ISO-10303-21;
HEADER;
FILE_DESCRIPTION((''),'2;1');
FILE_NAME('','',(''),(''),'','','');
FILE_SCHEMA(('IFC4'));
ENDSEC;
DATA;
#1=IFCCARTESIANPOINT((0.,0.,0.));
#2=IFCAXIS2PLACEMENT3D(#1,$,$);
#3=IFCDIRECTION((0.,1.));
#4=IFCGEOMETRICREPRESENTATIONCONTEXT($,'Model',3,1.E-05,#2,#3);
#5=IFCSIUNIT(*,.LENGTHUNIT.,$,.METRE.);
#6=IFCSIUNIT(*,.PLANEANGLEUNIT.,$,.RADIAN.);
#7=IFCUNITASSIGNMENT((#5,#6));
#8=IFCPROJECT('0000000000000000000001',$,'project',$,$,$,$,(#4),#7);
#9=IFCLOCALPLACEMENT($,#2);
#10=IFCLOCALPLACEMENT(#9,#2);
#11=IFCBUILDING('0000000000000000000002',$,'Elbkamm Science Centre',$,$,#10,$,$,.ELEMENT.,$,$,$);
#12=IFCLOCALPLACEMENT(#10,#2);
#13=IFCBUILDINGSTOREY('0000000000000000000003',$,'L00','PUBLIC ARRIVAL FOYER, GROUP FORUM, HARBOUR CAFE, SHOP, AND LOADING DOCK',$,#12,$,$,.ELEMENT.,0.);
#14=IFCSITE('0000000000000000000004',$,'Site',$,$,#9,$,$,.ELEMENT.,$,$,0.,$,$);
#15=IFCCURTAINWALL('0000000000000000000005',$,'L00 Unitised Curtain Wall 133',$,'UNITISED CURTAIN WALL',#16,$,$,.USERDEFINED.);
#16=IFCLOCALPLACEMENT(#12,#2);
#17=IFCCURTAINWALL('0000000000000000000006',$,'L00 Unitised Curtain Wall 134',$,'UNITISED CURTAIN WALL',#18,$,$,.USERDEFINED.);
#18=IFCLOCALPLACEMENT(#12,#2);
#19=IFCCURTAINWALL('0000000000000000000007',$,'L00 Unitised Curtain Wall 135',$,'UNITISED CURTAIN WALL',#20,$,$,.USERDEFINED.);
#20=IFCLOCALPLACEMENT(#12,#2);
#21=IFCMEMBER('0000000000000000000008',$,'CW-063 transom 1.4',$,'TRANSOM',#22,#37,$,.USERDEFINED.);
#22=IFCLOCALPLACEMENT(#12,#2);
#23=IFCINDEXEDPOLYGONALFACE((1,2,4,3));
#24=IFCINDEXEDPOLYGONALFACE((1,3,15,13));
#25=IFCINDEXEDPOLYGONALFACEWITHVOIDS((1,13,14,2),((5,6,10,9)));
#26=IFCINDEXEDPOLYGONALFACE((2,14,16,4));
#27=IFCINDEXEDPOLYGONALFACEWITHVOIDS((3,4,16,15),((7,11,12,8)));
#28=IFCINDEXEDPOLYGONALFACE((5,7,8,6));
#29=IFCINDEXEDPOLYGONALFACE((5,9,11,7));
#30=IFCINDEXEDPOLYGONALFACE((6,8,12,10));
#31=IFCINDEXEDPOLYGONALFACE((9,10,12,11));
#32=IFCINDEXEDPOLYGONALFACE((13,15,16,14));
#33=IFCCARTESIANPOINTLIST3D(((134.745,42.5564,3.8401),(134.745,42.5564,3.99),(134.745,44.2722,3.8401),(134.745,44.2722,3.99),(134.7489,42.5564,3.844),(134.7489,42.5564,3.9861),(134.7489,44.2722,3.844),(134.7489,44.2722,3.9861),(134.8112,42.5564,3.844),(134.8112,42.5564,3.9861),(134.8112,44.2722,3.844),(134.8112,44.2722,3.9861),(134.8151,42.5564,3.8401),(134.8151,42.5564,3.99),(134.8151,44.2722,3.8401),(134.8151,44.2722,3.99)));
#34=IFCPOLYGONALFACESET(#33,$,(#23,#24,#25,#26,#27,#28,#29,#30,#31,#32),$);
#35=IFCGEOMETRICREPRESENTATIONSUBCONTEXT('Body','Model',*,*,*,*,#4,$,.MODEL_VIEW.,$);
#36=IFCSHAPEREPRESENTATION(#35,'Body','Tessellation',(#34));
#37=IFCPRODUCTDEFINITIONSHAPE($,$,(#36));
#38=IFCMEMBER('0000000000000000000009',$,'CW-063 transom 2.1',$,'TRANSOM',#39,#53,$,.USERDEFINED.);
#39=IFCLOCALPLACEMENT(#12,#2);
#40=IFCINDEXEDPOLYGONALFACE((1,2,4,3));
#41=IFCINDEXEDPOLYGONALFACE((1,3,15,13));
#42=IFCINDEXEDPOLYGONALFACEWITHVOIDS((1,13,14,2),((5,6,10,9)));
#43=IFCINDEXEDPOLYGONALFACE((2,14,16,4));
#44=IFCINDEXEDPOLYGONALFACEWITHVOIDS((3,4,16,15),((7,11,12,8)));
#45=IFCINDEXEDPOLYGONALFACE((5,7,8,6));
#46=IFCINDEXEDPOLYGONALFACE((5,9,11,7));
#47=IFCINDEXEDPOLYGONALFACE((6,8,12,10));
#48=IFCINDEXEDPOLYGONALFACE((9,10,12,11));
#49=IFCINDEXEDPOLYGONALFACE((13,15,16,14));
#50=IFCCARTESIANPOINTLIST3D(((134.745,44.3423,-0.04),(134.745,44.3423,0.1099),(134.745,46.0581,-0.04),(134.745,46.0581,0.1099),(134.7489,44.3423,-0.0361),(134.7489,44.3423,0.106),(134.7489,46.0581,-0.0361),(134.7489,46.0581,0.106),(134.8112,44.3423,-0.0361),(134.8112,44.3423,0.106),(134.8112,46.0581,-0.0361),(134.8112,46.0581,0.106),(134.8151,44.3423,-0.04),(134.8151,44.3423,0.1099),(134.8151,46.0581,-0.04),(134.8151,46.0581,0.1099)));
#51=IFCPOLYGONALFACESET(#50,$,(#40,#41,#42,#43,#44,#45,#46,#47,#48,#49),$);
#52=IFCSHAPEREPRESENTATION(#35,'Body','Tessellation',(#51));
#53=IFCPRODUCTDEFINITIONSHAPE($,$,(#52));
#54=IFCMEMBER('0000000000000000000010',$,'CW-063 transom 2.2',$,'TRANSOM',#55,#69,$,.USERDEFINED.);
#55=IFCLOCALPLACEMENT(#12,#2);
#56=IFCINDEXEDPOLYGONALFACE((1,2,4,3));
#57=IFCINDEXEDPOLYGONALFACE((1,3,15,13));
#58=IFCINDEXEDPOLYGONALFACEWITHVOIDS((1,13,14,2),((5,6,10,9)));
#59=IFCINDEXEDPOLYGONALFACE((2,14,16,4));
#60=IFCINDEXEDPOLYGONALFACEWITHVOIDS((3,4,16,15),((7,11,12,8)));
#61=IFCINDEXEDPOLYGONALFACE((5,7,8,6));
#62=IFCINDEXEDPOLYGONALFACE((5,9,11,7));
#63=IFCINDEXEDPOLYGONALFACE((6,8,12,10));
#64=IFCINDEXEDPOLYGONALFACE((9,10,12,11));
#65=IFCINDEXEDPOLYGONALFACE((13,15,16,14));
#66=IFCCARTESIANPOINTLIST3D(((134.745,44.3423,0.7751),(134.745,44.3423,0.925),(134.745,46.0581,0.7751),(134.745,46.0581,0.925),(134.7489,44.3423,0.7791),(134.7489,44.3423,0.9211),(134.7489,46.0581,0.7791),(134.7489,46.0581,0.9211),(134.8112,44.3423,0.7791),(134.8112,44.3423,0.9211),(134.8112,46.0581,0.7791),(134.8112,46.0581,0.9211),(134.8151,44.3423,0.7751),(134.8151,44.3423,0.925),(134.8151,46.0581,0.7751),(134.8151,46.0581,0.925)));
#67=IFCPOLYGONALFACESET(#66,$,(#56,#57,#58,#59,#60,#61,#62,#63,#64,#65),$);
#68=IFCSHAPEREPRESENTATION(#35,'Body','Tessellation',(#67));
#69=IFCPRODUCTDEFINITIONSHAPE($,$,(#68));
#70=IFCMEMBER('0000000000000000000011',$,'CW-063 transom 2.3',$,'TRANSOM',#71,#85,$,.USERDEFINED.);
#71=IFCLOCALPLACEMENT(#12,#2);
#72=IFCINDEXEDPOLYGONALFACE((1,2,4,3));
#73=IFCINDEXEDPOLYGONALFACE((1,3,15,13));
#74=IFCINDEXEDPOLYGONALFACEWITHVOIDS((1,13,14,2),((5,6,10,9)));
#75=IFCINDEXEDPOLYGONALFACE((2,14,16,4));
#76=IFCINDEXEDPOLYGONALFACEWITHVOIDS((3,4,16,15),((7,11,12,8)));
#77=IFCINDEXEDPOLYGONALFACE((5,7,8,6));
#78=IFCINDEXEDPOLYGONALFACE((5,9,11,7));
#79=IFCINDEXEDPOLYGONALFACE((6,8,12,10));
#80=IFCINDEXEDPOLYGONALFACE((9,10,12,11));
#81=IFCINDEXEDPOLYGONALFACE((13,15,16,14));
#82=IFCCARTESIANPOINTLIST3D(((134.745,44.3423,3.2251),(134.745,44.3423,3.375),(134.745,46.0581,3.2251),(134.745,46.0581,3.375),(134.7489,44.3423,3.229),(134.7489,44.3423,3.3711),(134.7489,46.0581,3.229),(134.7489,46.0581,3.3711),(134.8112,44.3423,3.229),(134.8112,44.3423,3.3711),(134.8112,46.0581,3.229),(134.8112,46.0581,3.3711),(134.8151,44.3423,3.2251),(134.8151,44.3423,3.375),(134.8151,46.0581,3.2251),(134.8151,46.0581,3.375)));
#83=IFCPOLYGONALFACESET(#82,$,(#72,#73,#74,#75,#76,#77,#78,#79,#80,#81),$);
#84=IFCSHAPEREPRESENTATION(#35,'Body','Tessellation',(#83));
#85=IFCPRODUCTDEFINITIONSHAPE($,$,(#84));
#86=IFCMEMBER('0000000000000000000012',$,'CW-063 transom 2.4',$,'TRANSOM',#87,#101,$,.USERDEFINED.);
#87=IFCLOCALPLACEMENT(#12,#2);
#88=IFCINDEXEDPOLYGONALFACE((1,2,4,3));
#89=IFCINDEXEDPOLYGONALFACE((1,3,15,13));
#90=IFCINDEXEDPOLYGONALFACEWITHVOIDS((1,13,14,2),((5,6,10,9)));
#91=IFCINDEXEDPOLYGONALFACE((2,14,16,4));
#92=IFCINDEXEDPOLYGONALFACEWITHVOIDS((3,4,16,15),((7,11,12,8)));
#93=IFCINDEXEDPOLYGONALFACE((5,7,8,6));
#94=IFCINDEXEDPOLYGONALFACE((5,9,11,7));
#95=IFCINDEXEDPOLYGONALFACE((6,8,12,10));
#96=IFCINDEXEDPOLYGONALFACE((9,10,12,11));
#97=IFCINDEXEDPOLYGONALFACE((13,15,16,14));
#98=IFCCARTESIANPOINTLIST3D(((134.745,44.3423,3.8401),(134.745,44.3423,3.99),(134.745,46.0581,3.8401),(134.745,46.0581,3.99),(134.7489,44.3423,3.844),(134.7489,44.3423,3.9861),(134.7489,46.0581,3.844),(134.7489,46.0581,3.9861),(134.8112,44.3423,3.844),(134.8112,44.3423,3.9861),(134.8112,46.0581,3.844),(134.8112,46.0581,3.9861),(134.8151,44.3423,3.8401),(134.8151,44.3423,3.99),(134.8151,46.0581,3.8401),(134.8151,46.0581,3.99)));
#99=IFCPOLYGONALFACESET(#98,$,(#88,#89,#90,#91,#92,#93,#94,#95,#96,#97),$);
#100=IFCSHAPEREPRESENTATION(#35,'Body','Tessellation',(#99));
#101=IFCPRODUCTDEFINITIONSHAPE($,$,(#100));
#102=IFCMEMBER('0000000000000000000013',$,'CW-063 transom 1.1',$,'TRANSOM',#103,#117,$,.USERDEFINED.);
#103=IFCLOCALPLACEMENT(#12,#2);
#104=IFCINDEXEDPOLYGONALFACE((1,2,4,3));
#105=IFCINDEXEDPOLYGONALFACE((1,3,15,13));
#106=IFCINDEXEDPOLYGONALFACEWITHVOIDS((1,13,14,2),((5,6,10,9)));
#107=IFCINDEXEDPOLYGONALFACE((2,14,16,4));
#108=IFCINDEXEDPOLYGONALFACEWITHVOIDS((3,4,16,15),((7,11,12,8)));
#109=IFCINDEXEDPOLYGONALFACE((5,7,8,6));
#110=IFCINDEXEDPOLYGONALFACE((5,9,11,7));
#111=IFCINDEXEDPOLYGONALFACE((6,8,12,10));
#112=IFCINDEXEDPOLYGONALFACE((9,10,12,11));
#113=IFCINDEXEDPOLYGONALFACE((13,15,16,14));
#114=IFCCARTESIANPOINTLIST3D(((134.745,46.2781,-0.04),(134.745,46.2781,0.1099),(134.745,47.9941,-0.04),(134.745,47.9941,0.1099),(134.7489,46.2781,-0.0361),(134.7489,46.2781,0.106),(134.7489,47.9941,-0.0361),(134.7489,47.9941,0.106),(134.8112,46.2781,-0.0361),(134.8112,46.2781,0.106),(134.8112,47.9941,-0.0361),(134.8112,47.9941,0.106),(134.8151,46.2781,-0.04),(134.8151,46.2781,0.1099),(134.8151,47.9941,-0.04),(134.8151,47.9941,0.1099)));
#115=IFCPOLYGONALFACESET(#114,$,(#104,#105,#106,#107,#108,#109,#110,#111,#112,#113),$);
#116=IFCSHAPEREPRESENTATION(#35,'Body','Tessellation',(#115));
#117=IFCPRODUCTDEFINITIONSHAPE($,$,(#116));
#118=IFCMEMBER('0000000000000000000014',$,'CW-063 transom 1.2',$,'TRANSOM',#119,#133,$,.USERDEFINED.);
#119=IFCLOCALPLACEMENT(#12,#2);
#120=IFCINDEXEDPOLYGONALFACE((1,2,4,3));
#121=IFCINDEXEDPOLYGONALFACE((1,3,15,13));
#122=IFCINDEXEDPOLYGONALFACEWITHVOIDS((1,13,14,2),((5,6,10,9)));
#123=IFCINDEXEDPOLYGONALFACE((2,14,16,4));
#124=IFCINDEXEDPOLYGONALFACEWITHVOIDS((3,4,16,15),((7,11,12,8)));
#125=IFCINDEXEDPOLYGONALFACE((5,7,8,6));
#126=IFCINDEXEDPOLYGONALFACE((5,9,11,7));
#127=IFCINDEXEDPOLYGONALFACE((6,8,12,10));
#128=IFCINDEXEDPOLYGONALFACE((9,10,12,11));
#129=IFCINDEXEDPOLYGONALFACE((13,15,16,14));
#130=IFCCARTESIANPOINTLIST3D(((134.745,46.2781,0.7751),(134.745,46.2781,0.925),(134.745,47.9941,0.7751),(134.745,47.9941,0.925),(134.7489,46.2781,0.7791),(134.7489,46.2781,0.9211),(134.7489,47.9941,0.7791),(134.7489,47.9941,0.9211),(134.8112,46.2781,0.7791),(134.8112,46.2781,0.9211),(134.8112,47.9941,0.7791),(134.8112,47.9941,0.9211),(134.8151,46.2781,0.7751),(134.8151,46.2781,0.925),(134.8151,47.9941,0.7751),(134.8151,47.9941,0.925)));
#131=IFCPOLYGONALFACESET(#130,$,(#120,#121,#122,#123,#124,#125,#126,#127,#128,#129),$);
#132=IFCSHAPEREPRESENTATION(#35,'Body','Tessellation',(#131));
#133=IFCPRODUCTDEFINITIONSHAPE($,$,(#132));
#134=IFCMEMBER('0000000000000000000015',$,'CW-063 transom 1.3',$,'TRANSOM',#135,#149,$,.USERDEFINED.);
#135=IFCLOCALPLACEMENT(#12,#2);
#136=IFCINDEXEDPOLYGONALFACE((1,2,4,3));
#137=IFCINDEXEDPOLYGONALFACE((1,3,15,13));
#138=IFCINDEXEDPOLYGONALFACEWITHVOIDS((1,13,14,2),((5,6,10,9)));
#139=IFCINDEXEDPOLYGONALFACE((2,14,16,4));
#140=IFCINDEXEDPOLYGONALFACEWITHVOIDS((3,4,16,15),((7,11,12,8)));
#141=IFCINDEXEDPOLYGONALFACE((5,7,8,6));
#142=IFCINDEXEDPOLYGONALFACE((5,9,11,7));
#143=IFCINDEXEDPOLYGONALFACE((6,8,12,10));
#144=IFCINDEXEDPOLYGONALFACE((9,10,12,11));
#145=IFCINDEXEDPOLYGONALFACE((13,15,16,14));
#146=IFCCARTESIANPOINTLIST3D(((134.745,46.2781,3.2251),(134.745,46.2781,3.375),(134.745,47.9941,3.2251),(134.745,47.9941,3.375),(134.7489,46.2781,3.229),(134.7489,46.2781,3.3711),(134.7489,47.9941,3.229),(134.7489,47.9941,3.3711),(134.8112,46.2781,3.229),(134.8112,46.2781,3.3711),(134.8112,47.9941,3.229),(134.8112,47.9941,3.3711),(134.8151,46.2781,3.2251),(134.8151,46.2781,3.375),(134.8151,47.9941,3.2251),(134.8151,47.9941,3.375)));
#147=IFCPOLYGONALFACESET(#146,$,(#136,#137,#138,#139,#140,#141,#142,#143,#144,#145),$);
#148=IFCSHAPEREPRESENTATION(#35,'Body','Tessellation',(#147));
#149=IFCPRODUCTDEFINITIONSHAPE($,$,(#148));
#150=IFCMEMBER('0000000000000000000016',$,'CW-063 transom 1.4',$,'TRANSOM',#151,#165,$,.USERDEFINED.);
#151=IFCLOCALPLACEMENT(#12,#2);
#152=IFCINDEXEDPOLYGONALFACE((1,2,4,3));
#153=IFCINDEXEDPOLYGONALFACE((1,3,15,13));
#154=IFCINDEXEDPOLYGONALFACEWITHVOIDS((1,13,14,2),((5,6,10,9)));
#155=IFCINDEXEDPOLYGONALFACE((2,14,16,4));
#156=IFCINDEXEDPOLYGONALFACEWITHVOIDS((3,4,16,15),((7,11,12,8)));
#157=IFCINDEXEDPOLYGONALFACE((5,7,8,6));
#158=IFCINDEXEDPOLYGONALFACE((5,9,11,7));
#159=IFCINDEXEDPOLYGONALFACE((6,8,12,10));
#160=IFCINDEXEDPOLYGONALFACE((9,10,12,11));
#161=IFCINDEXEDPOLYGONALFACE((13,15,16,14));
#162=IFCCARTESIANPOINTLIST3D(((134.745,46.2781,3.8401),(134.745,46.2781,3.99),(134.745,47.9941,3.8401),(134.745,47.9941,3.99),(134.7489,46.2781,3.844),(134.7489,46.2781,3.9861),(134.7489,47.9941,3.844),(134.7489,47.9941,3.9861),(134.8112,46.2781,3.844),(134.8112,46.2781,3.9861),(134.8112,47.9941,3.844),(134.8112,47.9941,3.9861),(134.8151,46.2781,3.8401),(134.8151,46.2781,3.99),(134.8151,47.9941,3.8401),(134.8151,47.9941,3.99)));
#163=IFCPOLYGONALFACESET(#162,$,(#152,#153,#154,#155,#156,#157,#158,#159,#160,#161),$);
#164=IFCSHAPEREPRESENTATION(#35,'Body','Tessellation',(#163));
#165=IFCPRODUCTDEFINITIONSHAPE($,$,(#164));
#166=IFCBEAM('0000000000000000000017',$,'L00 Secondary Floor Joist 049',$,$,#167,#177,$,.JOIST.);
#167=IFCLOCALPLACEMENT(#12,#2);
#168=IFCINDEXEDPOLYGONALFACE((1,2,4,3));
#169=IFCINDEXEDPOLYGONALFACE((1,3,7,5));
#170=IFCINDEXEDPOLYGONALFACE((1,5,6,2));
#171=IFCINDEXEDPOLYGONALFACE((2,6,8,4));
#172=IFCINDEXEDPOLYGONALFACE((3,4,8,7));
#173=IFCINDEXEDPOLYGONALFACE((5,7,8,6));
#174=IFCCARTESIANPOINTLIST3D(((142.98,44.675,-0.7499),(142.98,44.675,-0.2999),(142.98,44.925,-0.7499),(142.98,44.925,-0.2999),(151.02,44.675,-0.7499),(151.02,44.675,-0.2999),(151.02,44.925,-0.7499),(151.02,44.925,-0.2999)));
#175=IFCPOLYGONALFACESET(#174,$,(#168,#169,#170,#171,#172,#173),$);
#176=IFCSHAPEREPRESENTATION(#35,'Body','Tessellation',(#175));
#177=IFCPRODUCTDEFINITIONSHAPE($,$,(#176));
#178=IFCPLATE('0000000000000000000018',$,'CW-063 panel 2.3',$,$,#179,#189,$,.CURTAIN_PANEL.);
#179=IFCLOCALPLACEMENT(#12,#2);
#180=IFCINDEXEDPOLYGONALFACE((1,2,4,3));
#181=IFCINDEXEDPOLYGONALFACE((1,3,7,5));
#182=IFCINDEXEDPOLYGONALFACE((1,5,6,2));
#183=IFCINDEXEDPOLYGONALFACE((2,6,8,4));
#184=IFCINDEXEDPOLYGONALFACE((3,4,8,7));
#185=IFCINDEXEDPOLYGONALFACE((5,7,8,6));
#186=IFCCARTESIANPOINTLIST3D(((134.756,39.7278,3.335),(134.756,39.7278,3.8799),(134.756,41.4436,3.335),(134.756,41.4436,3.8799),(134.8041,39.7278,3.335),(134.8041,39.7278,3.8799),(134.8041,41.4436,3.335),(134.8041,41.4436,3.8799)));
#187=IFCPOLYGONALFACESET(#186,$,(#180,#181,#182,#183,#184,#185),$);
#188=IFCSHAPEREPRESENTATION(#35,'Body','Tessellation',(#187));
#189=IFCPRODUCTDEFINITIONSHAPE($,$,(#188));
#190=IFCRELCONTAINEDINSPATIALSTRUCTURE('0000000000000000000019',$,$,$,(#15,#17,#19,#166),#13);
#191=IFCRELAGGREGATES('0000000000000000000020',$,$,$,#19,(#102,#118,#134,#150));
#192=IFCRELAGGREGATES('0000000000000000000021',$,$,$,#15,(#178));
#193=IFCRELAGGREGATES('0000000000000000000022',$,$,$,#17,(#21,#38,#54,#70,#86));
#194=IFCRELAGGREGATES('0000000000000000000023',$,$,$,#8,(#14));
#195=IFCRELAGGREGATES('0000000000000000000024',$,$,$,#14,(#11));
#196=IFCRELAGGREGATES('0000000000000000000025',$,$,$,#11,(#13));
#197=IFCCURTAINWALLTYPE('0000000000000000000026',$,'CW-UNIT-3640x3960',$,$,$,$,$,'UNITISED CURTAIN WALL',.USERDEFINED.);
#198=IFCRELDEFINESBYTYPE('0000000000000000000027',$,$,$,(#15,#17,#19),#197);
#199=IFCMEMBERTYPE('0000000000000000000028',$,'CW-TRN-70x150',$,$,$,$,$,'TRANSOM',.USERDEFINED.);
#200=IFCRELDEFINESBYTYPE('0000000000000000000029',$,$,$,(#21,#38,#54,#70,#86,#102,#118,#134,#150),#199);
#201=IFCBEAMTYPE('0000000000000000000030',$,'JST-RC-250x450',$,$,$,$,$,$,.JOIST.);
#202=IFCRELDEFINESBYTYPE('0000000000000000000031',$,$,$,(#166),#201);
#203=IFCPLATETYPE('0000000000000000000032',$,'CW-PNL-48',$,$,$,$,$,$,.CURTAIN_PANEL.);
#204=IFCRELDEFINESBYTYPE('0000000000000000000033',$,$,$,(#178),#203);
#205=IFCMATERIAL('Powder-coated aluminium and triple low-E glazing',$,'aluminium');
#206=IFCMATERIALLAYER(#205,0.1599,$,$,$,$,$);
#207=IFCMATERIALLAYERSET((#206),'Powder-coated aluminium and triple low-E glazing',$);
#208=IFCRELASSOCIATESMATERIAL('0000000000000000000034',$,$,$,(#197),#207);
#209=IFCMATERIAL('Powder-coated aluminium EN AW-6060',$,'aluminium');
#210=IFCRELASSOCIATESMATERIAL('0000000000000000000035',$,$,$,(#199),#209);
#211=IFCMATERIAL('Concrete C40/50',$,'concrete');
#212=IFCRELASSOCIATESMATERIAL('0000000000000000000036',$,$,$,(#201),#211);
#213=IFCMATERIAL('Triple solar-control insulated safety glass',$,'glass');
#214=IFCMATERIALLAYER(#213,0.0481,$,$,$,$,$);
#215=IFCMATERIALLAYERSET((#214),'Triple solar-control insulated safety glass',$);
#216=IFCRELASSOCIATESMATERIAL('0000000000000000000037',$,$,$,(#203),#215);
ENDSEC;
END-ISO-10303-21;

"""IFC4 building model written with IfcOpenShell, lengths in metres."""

from ifc_helpers import new_model, si_unit, direction, frame, origin, origin_2d, place, context, subcontext, project, spatial, rectangle, hollow_rectangle, extrude, material, layer, layer_set, material_profile, profile_set, type_object, element, aggregate, save


model = new_model("IFC4")

# Units and contexts
model_context = context("Model", 3, precision=1e-05, world=origin(), true_north=direction((0.0, 1.0)))
body_context = subcontext(model_context, "Body", "Model", "MODEL_VIEW")
ifc_project = project(units=[si_unit("LENGTHUNIT", "METRE"), si_unit("PLANEANGLEUNIT", "RADIAN")], contexts=[model_context])

# Site, building, storey
site_placement = place(None, origin())
site = spatial("IfcSite", under=ifc_project, at=site_placement, Name="Site", CompositionType="ELEMENT", RefElevation=0.0)
building_placement = place(site_placement, origin())
building = spatial("IfcBuilding", under=site, at=building_placement, Name="Elbkamm Science Centre", CompositionType="ELEMENT")
storey_placement = place(building_placement, origin())
storey = spatial("IfcBuildingStorey", under=building, at=storey_placement, Name="L00", Description="PUBLIC ARRIVAL FOYER, GROUP FORUM, HARBOUR CAFE, SHOP, AND LOADING DOCK", CompositionType="ELEMENT", Elevation=0.0)

# Shared definitions
ifc_material_1 = material(Name="Concrete C40/50", Category="concrete")

# Curtain wall
ifc_material_2 = material(Name="Powder-coated aluminium and triple low-E glazing", Category="aluminium")
ifc_layer_1 = layer(ifc_material_2, 0.1599)
ifc_layer_set_1 = layer_set([ifc_layer_1], Name="Powder-coated aluminium and triple low-E glazing")
curtain_wall_type = type_object("IfcCurtainWallType", Name="CW-UNIT-3640x3960", ElementType="UNITISED CURTAIN WALL", PredefinedType="USERDEFINED", material=ifc_layer_set_1)
curtain_wall_1_placement = place(storey_placement, origin())
curtain_wall_1 = element("IfcCurtainWall", 1, at=curtain_wall_1_placement, inside=storey, type_object=curtain_wall_type, Name="L00 Unitised Curtain Wall 133", ObjectType="UNITISED CURTAIN WALL", PredefinedType="USERDEFINED")
ifc_material_3 = material(Name="Powder-coated aluminium EN AW-6060", Category="aluminium")

# Curtain wall
curtain_wall_2_placement = place(storey_placement, origin())
curtain_wall_2 = element("IfcCurtainWall", 2, at=curtain_wall_2_placement, inside=storey, type_object=curtain_wall_type, Name="L00 Unitised Curtain Wall 134", ObjectType="UNITISED CURTAIN WALL", PredefinedType="USERDEFINED")

# Curtain wall
curtain_wall_3_placement = place(storey_placement, origin())
curtain_wall_3 = element("IfcCurtainWall", 3, at=curtain_wall_3_placement, inside=storey, type_object=curtain_wall_type, Name="L00 Unitised Curtain Wall 135", ObjectType="UNITISED CURTAIN WALL", PredefinedType="USERDEFINED")

# Members
ifc_material_profile_1 = material_profile(ifc_material_3, hollow_rectangle(XDim=0.0701, YDim=0.1499, WallThickness=0.0039, at=origin_2d()), Name="ALU T70x150")
ifc_profile_set_1 = profile_set([ifc_material_profile_1], Name="Powder-coated aluminium EN AW-6060")
member_type_1 = type_object("IfcMemberType", Name="CW-TRN-70x150", ElementType="TRANSOM", PredefinedType="USERDEFINED", material=ifc_profile_set_1)
member_1_placement = place(storey_placement, frame((134.78, 42.5564, 3.915), z_axis=(0.0, 1.0, 0.0), x_axis=(-1.0, 0.0, 0.0)))
member_1 = element("IfcMember", 4, at=member_1_placement, type_object=member_type_1, Name="CW-063 transom 1.4", ObjectType="TRANSOM", PredefinedType="USERDEFINED", context=body_context, shape_type="SweptSolid", body=[
    extrude(hollow_rectangle(XDim=0.0701, YDim=0.1499, WallThickness=0.0039, at=origin_2d()), origin(), (0.0, 0.0, 1.0), 1.7158),
])
member_2_placement = place(storey_placement, frame((134.78, 44.3423, 0.0349), z_axis=(0.0, 1.0, 0.0), x_axis=(-1.0, 0.0, 0.0)))
member_2 = element("IfcMember", 5, at=member_2_placement, type_object=member_type_1, Name="CW-063 transom 2.1", ObjectType="TRANSOM", PredefinedType="USERDEFINED", context=body_context, shape_type="SweptSolid", body=[
    extrude(hollow_rectangle(XDim=0.0701, YDim=0.1499, WallThickness=0.0039, at=origin_2d()), origin(), (0.0, 0.0, 1.0), 1.7158),
])
member_3_placement = place(storey_placement, frame((134.78, 44.3423, 0.8501), z_axis=(0.0, 1.0, 0.0), x_axis=(-1.0, 0.0, 0.0)))
member_3 = element("IfcMember", 6, at=member_3_placement, type_object=member_type_1, Name="CW-063 transom 2.2", ObjectType="TRANSOM", PredefinedType="USERDEFINED", context=body_context, shape_type="SweptSolid", body=[
    extrude(hollow_rectangle(XDim=0.0701, YDim=0.1499, WallThickness=0.0039, at=origin_2d()), origin(), (0.0, 0.0, 1.0), 1.7158),
])
member_4_placement = place(storey_placement, frame((134.78, 44.3423, 3.3), z_axis=(0.0, 1.0, 0.0), x_axis=(-1.0, 0.0, 0.0)))
member_4 = element("IfcMember", 7, at=member_4_placement, type_object=member_type_1, Name="CW-063 transom 2.3", ObjectType="TRANSOM", PredefinedType="USERDEFINED", context=body_context, shape_type="SweptSolid", body=[
    extrude(hollow_rectangle(XDim=0.0701, YDim=0.1499, WallThickness=0.0039, at=origin_2d()), origin(), (0.0, 0.0, 1.0), 1.7158),
])
member_5_placement = place(storey_placement, frame((134.78, 44.3423, 3.915), z_axis=(0.0, 1.0, 0.0), x_axis=(-1.0, 0.0, 0.0)))
member_5 = element("IfcMember", 8, at=member_5_placement, type_object=member_type_1, Name="CW-063 transom 2.4", ObjectType="TRANSOM", PredefinedType="USERDEFINED", context=body_context, shape_type="SweptSolid", body=[
    extrude(hollow_rectangle(XDim=0.0701, YDim=0.1499, WallThickness=0.0039, at=origin_2d()), origin(), (0.0, 0.0, 1.0), 1.7158),
])
member_6_placement = place(storey_placement, frame((134.78, 46.2781, 0.0349), z_axis=(0.0, 1.0, 0.0), x_axis=(-1.0, 0.0, 0.0)))
member_6 = element("IfcMember", 9, at=member_6_placement, type_object=member_type_1, Name="CW-063 transom 1.1", ObjectType="TRANSOM", PredefinedType="USERDEFINED", context=body_context, shape_type="SweptSolid", body=[
    extrude(hollow_rectangle(XDim=0.0701, YDim=0.1499, WallThickness=0.0039, at=origin_2d()), origin(), (0.0, 0.0, 1.0), 1.7161),
])
member_7_placement = place(storey_placement, frame((134.78, 46.2781, 0.8501), z_axis=(0.0, 1.0, 0.0), x_axis=(-1.0, 0.0, 0.0)))
member_7 = element("IfcMember", 10, at=member_7_placement, type_object=member_type_1, Name="CW-063 transom 1.2", ObjectType="TRANSOM", PredefinedType="USERDEFINED", context=body_context, shape_type="SweptSolid", body=[
    extrude(hollow_rectangle(XDim=0.0701, YDim=0.1499, WallThickness=0.0039, at=origin_2d()), origin(), (0.0, 0.0, 1.0), 1.7161),
])
member_8_placement = place(storey_placement, frame((134.78, 46.2781, 3.3), z_axis=(0.0, 1.0, 0.0), x_axis=(-1.0, 0.0, 0.0)))
member_8 = element("IfcMember", 11, at=member_8_placement, type_object=member_type_1, Name="CW-063 transom 1.3", ObjectType="TRANSOM", PredefinedType="USERDEFINED", context=body_context, shape_type="SweptSolid", body=[
    extrude(hollow_rectangle(XDim=0.0701, YDim=0.1499, WallThickness=0.0039, at=origin_2d()), origin(), (0.0, 0.0, 1.0), 1.7161),
])
member_9_placement = place(storey_placement, frame((134.78, 46.2781, 3.915), z_axis=(0.0, 1.0, 0.0), x_axis=(-1.0, 0.0, 0.0)))
member_9 = element("IfcMember", 12, at=member_9_placement, type_object=member_type_1, Name="CW-063 transom 1.4", ObjectType="TRANSOM", PredefinedType="USERDEFINED", context=body_context, shape_type="SweptSolid", body=[
    extrude(hollow_rectangle(XDim=0.0701, YDim=0.1499, WallThickness=0.0039, at=origin_2d()), origin(), (0.0, 0.0, 1.0), 1.7161),
])
aggregate(curtain_wall_3, [member_6, member_7, member_8, member_9])

# Beam
ifc_material_profile_2 = material_profile(ifc_material_1, rectangle(XDim=0.25, YDim=0.45, at=origin_2d()), Name="RC 250x450")
ifc_profile_set_2 = profile_set([ifc_material_profile_2], Name="Concrete C40/50")
beam_type_1 = type_object("IfcBeamType", Name="JST-RC-250x450", PredefinedType="JOIST", material=ifc_profile_set_2)
beam_1_placement = place(storey_placement, frame((142.98, 44.8, -0.5249), z_axis=(1.0, 0.0, 0.0), x_axis=(0.0, 1.0, 0.0)))
element("IfcBeam", 13, at=beam_1_placement, inside=storey, type_object=beam_type_1, Name="L00 Secondary Floor Joist 049", PredefinedType="JOIST", context=body_context, shape_type="SweptSolid", body=[
    extrude(rectangle(XDim=0.25, YDim=0.45, at=origin_2d()), origin(), (0.0, 0.0, 1.0), 8.04),
])

# Plate
ifc_material_4 = material(Name="Triple solar-control insulated safety glass", Category="glass")
ifc_layer_2 = layer(ifc_material_4, 0.0481)
ifc_layer_set_2 = layer_set([ifc_layer_2], Name="Triple solar-control insulated safety glass")
plate_type = type_object("IfcPlateType", Name="CW-PNL-48", PredefinedType="CURTAIN_PANEL", material=ifc_layer_set_2)
plate_1_placement = place(storey_placement, frame((134.78, 40.5857, 3.335), z_axis=(0.0, 0.0, 1.0), x_axis=(0.0, 1.0, 0.0)))
plate_1 = element("IfcPlate", 14, at=plate_1_placement, type_object=plate_type, Name="CW-063 panel 2.3", PredefinedType="CURTAIN_PANEL", context=body_context, shape_type="SweptSolid", body=[
    extrude(rectangle(XDim=1.7158, YDim=0.0481, at=origin_2d()), origin(), (0.0, 0.0, 1.0), 0.5449),
])
aggregate(curtain_wall_1, [plate_1])
aggregate(curtain_wall_2, [member_1, member_2, member_3, member_4, member_5])

save(model, "model.ifc")
